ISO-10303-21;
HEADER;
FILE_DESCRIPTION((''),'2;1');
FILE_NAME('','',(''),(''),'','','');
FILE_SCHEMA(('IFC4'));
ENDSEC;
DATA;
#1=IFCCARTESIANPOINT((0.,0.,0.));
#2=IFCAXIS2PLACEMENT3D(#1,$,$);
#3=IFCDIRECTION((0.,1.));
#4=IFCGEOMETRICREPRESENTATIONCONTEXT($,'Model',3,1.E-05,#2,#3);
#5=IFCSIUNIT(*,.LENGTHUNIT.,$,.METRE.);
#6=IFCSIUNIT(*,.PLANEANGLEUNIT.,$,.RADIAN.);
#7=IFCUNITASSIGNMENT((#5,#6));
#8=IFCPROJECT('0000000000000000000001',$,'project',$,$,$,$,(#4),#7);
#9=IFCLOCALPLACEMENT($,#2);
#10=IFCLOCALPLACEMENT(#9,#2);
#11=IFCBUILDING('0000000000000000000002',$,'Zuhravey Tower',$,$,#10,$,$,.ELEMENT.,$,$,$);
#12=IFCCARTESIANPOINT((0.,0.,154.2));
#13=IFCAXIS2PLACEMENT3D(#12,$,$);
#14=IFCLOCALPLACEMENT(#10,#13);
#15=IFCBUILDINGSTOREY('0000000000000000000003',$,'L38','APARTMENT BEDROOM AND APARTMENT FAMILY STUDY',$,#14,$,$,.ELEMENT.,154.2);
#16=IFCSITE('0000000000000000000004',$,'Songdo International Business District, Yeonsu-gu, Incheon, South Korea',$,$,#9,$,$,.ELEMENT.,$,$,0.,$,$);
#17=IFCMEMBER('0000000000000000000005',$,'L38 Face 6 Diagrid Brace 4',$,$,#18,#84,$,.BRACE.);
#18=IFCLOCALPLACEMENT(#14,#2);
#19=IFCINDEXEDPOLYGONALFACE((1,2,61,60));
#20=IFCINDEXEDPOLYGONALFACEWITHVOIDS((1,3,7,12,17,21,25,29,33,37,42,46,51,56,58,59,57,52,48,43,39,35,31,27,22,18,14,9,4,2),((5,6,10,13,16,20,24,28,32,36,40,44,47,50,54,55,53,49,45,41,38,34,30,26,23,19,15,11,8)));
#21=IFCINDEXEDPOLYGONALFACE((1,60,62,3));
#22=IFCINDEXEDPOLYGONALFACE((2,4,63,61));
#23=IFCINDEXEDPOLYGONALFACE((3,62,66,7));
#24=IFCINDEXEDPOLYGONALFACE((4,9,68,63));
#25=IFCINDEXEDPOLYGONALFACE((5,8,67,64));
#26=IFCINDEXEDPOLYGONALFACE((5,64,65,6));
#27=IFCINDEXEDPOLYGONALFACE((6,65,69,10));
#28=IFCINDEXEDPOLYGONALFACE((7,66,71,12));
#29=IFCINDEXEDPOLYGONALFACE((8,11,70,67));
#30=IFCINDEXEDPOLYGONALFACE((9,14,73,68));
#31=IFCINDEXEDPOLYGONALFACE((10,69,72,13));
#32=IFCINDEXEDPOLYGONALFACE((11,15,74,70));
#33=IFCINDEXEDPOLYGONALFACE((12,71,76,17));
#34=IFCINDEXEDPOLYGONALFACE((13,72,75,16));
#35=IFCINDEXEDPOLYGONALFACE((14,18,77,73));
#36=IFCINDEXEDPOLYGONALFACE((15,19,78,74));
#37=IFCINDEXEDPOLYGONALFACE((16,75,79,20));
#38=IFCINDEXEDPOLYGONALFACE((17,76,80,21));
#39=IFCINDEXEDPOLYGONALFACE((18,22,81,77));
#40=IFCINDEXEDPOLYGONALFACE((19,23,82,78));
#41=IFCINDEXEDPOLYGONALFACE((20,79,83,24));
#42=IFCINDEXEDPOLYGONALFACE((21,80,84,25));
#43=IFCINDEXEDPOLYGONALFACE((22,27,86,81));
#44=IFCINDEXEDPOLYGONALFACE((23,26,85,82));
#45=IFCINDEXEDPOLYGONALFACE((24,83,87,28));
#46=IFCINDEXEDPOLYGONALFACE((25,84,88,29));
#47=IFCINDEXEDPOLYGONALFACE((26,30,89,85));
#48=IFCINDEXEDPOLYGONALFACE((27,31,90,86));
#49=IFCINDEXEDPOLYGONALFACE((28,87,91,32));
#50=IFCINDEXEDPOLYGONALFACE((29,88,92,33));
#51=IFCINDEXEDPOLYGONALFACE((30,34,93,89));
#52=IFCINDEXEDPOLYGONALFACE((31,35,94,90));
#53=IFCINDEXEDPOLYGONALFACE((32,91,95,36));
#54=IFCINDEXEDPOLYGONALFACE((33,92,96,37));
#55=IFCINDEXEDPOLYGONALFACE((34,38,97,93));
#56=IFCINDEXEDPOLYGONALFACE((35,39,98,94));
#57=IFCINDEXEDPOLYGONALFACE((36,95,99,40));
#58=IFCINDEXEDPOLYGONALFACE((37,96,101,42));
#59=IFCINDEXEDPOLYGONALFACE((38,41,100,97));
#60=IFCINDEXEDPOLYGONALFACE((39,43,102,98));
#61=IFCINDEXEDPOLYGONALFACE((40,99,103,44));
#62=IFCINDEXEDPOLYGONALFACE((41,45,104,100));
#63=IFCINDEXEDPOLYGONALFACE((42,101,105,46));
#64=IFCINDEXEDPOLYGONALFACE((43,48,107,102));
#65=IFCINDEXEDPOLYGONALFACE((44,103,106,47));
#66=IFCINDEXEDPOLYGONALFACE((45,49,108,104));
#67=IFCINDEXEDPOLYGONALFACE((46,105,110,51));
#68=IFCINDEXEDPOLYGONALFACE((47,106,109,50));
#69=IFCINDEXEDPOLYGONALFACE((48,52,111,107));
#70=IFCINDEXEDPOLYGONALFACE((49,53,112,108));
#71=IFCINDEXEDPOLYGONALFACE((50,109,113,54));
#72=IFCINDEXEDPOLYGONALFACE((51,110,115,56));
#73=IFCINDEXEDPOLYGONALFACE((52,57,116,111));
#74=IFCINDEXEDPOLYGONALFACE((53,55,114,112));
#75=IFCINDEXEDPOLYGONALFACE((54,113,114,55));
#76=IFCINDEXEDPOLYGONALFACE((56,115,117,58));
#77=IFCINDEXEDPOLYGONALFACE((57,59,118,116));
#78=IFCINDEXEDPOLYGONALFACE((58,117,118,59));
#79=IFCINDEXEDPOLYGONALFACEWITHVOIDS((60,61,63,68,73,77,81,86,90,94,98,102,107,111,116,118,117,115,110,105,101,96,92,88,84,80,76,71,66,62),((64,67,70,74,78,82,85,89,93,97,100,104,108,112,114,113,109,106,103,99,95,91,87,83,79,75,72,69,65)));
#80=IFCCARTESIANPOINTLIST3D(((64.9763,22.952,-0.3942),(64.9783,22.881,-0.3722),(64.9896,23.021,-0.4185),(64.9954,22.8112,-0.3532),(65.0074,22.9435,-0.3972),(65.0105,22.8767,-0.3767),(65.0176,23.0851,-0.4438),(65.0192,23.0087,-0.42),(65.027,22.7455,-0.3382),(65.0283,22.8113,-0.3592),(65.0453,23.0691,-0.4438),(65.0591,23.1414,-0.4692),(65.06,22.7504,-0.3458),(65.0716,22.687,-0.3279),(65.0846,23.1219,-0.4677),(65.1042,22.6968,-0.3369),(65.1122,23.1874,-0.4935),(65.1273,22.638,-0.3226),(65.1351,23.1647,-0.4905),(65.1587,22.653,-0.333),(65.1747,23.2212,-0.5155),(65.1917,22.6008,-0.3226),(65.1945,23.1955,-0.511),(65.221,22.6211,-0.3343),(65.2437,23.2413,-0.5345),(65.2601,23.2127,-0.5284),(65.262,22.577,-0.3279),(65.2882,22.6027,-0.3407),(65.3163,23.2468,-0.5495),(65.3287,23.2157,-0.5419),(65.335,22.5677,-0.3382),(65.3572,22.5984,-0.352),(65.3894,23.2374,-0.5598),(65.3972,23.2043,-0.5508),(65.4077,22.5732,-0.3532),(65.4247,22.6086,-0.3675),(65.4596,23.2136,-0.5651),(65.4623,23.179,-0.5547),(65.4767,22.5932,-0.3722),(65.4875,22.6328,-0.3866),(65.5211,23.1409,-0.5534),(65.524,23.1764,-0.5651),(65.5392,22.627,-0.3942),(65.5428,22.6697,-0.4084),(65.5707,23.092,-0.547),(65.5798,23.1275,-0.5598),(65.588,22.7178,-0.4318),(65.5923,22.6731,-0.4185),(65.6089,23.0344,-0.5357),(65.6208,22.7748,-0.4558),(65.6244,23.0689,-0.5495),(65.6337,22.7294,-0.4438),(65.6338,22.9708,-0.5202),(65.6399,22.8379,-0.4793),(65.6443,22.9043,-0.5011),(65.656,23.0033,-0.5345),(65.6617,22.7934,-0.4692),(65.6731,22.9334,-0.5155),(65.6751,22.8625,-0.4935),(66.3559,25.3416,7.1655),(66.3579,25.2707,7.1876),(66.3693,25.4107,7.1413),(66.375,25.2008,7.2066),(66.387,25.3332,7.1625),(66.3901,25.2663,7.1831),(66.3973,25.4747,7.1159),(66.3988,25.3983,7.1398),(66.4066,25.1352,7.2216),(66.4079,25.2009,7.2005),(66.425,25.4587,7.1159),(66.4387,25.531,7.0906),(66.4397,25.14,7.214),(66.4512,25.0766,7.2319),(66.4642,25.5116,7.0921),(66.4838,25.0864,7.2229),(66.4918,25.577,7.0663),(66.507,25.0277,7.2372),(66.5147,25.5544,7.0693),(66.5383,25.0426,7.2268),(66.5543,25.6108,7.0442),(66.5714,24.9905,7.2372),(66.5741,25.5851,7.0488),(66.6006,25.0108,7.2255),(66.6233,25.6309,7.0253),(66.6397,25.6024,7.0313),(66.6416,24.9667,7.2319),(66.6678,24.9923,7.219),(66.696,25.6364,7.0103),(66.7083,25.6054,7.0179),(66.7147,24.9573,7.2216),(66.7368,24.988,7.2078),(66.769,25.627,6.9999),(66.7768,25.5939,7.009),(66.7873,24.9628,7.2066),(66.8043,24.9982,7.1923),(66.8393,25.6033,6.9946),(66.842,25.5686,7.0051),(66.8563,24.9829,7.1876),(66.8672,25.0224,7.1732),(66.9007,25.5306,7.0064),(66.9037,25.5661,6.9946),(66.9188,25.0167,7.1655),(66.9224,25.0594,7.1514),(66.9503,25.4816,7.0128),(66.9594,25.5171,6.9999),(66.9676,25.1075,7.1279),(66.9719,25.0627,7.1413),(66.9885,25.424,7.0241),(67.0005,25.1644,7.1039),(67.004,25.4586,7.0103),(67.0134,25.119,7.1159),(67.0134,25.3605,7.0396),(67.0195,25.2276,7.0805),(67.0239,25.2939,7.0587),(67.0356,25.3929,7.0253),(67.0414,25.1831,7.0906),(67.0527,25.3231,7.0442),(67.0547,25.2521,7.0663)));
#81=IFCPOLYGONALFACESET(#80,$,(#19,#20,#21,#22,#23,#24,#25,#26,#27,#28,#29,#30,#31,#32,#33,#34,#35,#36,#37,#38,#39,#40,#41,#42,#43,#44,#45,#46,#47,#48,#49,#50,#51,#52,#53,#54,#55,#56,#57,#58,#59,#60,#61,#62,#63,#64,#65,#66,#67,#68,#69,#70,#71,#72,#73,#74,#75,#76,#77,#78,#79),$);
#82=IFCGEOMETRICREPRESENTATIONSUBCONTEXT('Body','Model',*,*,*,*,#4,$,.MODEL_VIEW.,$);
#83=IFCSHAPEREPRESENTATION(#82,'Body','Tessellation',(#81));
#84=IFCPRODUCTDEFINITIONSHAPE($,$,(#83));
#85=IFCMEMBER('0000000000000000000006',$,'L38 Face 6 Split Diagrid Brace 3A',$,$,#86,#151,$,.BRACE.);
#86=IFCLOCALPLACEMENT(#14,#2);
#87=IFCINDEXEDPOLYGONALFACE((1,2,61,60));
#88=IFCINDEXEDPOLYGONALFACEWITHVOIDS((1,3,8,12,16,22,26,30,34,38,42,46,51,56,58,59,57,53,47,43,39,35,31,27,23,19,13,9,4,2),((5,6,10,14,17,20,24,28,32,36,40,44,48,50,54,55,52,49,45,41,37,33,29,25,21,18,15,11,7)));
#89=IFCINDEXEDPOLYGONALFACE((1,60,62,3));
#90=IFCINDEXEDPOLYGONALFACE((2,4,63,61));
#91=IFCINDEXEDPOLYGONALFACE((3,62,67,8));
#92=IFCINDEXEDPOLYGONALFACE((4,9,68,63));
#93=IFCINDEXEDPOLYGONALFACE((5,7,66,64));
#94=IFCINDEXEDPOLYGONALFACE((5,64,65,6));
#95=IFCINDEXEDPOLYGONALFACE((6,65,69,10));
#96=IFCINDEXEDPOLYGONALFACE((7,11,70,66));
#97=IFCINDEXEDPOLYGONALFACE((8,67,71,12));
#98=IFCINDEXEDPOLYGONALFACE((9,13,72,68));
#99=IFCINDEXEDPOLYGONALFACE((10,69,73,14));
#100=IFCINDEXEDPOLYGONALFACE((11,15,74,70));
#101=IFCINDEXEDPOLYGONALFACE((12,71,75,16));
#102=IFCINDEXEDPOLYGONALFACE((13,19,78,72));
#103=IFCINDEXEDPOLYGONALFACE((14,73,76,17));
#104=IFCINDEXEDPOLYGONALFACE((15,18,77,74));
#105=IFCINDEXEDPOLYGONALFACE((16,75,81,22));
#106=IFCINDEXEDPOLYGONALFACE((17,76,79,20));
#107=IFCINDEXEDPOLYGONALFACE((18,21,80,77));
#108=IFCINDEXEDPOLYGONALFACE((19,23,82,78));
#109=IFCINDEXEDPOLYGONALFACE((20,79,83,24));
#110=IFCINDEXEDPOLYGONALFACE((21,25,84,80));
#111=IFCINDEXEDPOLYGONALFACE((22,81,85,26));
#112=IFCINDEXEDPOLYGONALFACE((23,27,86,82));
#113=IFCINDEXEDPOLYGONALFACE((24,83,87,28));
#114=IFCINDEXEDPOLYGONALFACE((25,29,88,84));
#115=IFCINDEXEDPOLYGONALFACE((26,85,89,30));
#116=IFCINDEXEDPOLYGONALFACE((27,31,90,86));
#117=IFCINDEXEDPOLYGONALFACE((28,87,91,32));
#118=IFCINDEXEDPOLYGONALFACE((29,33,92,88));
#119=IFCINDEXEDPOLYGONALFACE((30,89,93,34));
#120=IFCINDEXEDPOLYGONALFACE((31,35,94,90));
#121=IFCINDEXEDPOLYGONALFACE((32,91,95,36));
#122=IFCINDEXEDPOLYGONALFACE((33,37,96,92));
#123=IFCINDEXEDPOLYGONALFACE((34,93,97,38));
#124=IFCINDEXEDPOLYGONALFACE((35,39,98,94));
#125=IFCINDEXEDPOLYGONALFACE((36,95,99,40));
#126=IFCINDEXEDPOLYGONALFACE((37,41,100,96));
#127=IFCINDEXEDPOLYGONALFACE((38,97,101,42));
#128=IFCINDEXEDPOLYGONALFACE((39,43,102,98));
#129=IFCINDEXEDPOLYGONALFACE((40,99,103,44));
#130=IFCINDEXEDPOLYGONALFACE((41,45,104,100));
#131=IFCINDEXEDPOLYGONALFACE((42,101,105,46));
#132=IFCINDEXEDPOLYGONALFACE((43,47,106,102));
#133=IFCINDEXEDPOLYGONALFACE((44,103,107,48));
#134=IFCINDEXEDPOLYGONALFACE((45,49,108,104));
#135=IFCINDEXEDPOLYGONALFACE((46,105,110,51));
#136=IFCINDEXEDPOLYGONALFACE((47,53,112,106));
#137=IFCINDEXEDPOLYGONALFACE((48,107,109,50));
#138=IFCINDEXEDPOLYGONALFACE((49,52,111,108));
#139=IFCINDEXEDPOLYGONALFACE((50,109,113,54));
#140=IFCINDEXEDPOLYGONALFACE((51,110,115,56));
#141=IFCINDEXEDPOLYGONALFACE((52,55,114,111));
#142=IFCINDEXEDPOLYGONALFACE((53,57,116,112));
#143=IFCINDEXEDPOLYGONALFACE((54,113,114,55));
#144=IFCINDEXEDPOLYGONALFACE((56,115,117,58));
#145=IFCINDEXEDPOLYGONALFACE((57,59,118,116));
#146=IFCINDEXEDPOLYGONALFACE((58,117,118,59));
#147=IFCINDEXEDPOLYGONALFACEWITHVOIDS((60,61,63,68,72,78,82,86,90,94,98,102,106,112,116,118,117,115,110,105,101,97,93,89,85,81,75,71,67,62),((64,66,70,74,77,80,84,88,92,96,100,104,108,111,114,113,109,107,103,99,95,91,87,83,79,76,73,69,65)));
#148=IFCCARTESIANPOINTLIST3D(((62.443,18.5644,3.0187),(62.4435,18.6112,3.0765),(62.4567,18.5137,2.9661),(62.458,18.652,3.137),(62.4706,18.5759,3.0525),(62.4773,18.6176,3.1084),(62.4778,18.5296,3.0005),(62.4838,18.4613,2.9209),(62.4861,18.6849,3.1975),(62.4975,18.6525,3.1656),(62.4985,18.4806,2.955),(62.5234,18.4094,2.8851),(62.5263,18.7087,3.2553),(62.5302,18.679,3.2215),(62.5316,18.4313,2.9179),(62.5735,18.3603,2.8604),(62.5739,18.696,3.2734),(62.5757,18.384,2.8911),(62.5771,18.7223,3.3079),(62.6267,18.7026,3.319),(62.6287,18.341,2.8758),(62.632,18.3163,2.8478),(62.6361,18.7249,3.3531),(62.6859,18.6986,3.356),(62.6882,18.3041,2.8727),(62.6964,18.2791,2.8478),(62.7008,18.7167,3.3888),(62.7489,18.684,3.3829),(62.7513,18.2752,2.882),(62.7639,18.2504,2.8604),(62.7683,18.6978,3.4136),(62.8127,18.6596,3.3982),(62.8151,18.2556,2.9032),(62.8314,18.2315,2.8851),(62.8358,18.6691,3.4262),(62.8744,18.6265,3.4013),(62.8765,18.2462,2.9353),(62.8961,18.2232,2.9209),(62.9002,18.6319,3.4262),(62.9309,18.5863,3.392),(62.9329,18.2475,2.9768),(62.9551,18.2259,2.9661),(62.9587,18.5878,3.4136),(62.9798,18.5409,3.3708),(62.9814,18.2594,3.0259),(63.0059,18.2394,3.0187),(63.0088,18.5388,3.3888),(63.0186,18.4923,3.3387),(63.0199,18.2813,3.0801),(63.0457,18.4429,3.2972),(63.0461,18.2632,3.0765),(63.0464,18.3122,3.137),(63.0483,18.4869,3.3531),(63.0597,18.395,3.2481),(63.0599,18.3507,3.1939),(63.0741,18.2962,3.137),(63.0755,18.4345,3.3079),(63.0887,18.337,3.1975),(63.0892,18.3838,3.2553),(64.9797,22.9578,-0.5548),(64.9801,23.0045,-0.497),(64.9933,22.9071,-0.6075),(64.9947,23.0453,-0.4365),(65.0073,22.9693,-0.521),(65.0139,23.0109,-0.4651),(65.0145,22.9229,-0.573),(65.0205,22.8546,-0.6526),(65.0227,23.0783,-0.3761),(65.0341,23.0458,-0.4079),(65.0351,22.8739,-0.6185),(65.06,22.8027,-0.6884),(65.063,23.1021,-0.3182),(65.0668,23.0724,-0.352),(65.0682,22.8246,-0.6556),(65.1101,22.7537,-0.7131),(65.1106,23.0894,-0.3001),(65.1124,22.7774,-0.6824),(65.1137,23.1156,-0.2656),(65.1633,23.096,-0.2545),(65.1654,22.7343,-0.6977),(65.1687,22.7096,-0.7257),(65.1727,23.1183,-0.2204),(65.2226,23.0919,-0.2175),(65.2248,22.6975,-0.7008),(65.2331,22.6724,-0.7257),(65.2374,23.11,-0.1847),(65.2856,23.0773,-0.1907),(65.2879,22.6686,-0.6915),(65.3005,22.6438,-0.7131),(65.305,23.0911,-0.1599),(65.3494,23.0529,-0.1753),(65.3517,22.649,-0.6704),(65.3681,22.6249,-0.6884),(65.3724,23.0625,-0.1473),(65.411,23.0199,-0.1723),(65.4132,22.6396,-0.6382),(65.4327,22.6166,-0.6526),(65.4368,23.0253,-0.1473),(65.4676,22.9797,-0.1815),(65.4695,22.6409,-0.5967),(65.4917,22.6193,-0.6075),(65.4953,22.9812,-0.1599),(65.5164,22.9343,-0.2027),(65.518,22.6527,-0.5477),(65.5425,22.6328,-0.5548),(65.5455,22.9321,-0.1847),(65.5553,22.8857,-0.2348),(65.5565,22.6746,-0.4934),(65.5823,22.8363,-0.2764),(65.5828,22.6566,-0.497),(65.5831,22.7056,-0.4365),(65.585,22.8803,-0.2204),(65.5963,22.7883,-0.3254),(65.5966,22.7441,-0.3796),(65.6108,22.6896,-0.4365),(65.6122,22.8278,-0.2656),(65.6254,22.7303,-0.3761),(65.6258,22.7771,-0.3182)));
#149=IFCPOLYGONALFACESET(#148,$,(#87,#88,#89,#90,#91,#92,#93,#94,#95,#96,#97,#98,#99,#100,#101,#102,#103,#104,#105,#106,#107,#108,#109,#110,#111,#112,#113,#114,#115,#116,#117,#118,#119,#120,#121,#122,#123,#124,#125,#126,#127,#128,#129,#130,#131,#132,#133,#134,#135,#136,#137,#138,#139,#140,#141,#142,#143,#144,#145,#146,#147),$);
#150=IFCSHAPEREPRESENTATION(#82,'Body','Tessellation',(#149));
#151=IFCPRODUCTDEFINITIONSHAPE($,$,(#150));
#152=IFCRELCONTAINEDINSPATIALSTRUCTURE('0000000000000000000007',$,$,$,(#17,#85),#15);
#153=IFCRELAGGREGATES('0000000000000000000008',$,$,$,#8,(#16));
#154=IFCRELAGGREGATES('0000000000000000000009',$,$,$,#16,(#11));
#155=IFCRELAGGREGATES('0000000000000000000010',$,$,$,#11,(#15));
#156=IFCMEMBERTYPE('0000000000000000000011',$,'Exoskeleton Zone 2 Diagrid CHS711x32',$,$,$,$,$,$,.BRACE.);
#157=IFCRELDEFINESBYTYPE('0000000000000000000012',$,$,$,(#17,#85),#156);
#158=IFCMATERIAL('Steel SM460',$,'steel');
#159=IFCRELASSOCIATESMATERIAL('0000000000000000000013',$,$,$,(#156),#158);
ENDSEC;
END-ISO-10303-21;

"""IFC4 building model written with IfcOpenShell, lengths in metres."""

from ifc_helpers import new_model, si_unit, direction, frame, origin, origin_2d, place, context, subcontext, project, spatial, hollow_circle, extrude, material, material_profile, profile_set, type_object, element, save


model = new_model("IFC4")

# Units and contexts
model_context = context("Model", 3, precision=1e-05, world=origin(), true_north=direction((0.0, 1.0)))
body_context = subcontext(model_context, "Body", "Model", "MODEL_VIEW")
ifc_project = project(units=[si_unit("LENGTHUNIT", "METRE"), si_unit("PLANEANGLEUNIT", "RADIAN")], contexts=[model_context])

# Site, building, storey
site_placement = place(None, origin())
site = spatial("IfcSite", under=ifc_project, at=site_placement, Name="Songdo International Business District, Yeonsu-gu, Incheon, South Korea", CompositionType="ELEMENT", RefElevation=0.0)
building_placement = place(site_placement, origin())
building = spatial("IfcBuilding", under=site, at=building_placement, Name="Zuhravey Tower", CompositionType="ELEMENT")
storey_placement = place(building_placement, frame((0.0, 0.0, 154.2)))
storey = spatial("IfcBuildingStorey", under=building, at=storey_placement, Name="L38", Description="APARTMENT BEDROOM AND APARTMENT FAMILY STUDY", CompositionType="ELEMENT", Elevation=154.2)

# Members
ifc_material_1 = material(Name="Steel SM460", Category="steel")
ifc_material_profile_1 = material_profile(ifc_material_1, hollow_circle(Radius=0.3557, WallThickness=0.032, at=origin_2d()), Name="CHS-711.2x32")
ifc_profile_set_1 = profile_set([ifc_material_profile_1], Name="Steel SM460")
member_type_1 = type_object("IfcMemberType", Name="Exoskeleton Zone 2 Diagrid CHS711x32", PredefinedType="BRACE", material=ifc_profile_set_1)
member_1_placement = place(storey_placement, frame((65.3257, 22.9072, -0.4438), z_axis=(0.171434, 0.296938, 0.939382), x_axis=(-0.866029, 0.499993, 0.0)))
element("IfcMember", 1, at=member_1_placement, inside=storey, type_object=member_type_1, Name="L38 Face 6 Diagrid Brace 4", PredefinedType="BRACE", context=body_context, shape_type="SweptSolid", body=[
    extrude(hollow_circle(Radius=0.3557, WallThickness=0.032, at=origin_2d()), origin(), (0.0, 0.0, 1.0), 8.0476),
])
member_2_placement = place(storey_placement, frame((65.3027, 22.8674, -0.4365), z_axis=(-0.408785, -0.707996, 0.575879), x_axis=(0.866013, -0.500021, 0.0)))
element("IfcMember", 2, at=member_2_placement, inside=storey, type_object=member_type_1, Name="L38 Face 6 Split Diagrid Brace 3A", PredefinedType="BRACE", context=body_context, shape_type="SweptSolid", body=[
    extrude(hollow_circle(Radius=0.3557, WallThickness=0.032, at=origin_2d()), origin(), (0.0, 0.0, 1.0), 6.2053),
])

save(model, "model.ifc")
